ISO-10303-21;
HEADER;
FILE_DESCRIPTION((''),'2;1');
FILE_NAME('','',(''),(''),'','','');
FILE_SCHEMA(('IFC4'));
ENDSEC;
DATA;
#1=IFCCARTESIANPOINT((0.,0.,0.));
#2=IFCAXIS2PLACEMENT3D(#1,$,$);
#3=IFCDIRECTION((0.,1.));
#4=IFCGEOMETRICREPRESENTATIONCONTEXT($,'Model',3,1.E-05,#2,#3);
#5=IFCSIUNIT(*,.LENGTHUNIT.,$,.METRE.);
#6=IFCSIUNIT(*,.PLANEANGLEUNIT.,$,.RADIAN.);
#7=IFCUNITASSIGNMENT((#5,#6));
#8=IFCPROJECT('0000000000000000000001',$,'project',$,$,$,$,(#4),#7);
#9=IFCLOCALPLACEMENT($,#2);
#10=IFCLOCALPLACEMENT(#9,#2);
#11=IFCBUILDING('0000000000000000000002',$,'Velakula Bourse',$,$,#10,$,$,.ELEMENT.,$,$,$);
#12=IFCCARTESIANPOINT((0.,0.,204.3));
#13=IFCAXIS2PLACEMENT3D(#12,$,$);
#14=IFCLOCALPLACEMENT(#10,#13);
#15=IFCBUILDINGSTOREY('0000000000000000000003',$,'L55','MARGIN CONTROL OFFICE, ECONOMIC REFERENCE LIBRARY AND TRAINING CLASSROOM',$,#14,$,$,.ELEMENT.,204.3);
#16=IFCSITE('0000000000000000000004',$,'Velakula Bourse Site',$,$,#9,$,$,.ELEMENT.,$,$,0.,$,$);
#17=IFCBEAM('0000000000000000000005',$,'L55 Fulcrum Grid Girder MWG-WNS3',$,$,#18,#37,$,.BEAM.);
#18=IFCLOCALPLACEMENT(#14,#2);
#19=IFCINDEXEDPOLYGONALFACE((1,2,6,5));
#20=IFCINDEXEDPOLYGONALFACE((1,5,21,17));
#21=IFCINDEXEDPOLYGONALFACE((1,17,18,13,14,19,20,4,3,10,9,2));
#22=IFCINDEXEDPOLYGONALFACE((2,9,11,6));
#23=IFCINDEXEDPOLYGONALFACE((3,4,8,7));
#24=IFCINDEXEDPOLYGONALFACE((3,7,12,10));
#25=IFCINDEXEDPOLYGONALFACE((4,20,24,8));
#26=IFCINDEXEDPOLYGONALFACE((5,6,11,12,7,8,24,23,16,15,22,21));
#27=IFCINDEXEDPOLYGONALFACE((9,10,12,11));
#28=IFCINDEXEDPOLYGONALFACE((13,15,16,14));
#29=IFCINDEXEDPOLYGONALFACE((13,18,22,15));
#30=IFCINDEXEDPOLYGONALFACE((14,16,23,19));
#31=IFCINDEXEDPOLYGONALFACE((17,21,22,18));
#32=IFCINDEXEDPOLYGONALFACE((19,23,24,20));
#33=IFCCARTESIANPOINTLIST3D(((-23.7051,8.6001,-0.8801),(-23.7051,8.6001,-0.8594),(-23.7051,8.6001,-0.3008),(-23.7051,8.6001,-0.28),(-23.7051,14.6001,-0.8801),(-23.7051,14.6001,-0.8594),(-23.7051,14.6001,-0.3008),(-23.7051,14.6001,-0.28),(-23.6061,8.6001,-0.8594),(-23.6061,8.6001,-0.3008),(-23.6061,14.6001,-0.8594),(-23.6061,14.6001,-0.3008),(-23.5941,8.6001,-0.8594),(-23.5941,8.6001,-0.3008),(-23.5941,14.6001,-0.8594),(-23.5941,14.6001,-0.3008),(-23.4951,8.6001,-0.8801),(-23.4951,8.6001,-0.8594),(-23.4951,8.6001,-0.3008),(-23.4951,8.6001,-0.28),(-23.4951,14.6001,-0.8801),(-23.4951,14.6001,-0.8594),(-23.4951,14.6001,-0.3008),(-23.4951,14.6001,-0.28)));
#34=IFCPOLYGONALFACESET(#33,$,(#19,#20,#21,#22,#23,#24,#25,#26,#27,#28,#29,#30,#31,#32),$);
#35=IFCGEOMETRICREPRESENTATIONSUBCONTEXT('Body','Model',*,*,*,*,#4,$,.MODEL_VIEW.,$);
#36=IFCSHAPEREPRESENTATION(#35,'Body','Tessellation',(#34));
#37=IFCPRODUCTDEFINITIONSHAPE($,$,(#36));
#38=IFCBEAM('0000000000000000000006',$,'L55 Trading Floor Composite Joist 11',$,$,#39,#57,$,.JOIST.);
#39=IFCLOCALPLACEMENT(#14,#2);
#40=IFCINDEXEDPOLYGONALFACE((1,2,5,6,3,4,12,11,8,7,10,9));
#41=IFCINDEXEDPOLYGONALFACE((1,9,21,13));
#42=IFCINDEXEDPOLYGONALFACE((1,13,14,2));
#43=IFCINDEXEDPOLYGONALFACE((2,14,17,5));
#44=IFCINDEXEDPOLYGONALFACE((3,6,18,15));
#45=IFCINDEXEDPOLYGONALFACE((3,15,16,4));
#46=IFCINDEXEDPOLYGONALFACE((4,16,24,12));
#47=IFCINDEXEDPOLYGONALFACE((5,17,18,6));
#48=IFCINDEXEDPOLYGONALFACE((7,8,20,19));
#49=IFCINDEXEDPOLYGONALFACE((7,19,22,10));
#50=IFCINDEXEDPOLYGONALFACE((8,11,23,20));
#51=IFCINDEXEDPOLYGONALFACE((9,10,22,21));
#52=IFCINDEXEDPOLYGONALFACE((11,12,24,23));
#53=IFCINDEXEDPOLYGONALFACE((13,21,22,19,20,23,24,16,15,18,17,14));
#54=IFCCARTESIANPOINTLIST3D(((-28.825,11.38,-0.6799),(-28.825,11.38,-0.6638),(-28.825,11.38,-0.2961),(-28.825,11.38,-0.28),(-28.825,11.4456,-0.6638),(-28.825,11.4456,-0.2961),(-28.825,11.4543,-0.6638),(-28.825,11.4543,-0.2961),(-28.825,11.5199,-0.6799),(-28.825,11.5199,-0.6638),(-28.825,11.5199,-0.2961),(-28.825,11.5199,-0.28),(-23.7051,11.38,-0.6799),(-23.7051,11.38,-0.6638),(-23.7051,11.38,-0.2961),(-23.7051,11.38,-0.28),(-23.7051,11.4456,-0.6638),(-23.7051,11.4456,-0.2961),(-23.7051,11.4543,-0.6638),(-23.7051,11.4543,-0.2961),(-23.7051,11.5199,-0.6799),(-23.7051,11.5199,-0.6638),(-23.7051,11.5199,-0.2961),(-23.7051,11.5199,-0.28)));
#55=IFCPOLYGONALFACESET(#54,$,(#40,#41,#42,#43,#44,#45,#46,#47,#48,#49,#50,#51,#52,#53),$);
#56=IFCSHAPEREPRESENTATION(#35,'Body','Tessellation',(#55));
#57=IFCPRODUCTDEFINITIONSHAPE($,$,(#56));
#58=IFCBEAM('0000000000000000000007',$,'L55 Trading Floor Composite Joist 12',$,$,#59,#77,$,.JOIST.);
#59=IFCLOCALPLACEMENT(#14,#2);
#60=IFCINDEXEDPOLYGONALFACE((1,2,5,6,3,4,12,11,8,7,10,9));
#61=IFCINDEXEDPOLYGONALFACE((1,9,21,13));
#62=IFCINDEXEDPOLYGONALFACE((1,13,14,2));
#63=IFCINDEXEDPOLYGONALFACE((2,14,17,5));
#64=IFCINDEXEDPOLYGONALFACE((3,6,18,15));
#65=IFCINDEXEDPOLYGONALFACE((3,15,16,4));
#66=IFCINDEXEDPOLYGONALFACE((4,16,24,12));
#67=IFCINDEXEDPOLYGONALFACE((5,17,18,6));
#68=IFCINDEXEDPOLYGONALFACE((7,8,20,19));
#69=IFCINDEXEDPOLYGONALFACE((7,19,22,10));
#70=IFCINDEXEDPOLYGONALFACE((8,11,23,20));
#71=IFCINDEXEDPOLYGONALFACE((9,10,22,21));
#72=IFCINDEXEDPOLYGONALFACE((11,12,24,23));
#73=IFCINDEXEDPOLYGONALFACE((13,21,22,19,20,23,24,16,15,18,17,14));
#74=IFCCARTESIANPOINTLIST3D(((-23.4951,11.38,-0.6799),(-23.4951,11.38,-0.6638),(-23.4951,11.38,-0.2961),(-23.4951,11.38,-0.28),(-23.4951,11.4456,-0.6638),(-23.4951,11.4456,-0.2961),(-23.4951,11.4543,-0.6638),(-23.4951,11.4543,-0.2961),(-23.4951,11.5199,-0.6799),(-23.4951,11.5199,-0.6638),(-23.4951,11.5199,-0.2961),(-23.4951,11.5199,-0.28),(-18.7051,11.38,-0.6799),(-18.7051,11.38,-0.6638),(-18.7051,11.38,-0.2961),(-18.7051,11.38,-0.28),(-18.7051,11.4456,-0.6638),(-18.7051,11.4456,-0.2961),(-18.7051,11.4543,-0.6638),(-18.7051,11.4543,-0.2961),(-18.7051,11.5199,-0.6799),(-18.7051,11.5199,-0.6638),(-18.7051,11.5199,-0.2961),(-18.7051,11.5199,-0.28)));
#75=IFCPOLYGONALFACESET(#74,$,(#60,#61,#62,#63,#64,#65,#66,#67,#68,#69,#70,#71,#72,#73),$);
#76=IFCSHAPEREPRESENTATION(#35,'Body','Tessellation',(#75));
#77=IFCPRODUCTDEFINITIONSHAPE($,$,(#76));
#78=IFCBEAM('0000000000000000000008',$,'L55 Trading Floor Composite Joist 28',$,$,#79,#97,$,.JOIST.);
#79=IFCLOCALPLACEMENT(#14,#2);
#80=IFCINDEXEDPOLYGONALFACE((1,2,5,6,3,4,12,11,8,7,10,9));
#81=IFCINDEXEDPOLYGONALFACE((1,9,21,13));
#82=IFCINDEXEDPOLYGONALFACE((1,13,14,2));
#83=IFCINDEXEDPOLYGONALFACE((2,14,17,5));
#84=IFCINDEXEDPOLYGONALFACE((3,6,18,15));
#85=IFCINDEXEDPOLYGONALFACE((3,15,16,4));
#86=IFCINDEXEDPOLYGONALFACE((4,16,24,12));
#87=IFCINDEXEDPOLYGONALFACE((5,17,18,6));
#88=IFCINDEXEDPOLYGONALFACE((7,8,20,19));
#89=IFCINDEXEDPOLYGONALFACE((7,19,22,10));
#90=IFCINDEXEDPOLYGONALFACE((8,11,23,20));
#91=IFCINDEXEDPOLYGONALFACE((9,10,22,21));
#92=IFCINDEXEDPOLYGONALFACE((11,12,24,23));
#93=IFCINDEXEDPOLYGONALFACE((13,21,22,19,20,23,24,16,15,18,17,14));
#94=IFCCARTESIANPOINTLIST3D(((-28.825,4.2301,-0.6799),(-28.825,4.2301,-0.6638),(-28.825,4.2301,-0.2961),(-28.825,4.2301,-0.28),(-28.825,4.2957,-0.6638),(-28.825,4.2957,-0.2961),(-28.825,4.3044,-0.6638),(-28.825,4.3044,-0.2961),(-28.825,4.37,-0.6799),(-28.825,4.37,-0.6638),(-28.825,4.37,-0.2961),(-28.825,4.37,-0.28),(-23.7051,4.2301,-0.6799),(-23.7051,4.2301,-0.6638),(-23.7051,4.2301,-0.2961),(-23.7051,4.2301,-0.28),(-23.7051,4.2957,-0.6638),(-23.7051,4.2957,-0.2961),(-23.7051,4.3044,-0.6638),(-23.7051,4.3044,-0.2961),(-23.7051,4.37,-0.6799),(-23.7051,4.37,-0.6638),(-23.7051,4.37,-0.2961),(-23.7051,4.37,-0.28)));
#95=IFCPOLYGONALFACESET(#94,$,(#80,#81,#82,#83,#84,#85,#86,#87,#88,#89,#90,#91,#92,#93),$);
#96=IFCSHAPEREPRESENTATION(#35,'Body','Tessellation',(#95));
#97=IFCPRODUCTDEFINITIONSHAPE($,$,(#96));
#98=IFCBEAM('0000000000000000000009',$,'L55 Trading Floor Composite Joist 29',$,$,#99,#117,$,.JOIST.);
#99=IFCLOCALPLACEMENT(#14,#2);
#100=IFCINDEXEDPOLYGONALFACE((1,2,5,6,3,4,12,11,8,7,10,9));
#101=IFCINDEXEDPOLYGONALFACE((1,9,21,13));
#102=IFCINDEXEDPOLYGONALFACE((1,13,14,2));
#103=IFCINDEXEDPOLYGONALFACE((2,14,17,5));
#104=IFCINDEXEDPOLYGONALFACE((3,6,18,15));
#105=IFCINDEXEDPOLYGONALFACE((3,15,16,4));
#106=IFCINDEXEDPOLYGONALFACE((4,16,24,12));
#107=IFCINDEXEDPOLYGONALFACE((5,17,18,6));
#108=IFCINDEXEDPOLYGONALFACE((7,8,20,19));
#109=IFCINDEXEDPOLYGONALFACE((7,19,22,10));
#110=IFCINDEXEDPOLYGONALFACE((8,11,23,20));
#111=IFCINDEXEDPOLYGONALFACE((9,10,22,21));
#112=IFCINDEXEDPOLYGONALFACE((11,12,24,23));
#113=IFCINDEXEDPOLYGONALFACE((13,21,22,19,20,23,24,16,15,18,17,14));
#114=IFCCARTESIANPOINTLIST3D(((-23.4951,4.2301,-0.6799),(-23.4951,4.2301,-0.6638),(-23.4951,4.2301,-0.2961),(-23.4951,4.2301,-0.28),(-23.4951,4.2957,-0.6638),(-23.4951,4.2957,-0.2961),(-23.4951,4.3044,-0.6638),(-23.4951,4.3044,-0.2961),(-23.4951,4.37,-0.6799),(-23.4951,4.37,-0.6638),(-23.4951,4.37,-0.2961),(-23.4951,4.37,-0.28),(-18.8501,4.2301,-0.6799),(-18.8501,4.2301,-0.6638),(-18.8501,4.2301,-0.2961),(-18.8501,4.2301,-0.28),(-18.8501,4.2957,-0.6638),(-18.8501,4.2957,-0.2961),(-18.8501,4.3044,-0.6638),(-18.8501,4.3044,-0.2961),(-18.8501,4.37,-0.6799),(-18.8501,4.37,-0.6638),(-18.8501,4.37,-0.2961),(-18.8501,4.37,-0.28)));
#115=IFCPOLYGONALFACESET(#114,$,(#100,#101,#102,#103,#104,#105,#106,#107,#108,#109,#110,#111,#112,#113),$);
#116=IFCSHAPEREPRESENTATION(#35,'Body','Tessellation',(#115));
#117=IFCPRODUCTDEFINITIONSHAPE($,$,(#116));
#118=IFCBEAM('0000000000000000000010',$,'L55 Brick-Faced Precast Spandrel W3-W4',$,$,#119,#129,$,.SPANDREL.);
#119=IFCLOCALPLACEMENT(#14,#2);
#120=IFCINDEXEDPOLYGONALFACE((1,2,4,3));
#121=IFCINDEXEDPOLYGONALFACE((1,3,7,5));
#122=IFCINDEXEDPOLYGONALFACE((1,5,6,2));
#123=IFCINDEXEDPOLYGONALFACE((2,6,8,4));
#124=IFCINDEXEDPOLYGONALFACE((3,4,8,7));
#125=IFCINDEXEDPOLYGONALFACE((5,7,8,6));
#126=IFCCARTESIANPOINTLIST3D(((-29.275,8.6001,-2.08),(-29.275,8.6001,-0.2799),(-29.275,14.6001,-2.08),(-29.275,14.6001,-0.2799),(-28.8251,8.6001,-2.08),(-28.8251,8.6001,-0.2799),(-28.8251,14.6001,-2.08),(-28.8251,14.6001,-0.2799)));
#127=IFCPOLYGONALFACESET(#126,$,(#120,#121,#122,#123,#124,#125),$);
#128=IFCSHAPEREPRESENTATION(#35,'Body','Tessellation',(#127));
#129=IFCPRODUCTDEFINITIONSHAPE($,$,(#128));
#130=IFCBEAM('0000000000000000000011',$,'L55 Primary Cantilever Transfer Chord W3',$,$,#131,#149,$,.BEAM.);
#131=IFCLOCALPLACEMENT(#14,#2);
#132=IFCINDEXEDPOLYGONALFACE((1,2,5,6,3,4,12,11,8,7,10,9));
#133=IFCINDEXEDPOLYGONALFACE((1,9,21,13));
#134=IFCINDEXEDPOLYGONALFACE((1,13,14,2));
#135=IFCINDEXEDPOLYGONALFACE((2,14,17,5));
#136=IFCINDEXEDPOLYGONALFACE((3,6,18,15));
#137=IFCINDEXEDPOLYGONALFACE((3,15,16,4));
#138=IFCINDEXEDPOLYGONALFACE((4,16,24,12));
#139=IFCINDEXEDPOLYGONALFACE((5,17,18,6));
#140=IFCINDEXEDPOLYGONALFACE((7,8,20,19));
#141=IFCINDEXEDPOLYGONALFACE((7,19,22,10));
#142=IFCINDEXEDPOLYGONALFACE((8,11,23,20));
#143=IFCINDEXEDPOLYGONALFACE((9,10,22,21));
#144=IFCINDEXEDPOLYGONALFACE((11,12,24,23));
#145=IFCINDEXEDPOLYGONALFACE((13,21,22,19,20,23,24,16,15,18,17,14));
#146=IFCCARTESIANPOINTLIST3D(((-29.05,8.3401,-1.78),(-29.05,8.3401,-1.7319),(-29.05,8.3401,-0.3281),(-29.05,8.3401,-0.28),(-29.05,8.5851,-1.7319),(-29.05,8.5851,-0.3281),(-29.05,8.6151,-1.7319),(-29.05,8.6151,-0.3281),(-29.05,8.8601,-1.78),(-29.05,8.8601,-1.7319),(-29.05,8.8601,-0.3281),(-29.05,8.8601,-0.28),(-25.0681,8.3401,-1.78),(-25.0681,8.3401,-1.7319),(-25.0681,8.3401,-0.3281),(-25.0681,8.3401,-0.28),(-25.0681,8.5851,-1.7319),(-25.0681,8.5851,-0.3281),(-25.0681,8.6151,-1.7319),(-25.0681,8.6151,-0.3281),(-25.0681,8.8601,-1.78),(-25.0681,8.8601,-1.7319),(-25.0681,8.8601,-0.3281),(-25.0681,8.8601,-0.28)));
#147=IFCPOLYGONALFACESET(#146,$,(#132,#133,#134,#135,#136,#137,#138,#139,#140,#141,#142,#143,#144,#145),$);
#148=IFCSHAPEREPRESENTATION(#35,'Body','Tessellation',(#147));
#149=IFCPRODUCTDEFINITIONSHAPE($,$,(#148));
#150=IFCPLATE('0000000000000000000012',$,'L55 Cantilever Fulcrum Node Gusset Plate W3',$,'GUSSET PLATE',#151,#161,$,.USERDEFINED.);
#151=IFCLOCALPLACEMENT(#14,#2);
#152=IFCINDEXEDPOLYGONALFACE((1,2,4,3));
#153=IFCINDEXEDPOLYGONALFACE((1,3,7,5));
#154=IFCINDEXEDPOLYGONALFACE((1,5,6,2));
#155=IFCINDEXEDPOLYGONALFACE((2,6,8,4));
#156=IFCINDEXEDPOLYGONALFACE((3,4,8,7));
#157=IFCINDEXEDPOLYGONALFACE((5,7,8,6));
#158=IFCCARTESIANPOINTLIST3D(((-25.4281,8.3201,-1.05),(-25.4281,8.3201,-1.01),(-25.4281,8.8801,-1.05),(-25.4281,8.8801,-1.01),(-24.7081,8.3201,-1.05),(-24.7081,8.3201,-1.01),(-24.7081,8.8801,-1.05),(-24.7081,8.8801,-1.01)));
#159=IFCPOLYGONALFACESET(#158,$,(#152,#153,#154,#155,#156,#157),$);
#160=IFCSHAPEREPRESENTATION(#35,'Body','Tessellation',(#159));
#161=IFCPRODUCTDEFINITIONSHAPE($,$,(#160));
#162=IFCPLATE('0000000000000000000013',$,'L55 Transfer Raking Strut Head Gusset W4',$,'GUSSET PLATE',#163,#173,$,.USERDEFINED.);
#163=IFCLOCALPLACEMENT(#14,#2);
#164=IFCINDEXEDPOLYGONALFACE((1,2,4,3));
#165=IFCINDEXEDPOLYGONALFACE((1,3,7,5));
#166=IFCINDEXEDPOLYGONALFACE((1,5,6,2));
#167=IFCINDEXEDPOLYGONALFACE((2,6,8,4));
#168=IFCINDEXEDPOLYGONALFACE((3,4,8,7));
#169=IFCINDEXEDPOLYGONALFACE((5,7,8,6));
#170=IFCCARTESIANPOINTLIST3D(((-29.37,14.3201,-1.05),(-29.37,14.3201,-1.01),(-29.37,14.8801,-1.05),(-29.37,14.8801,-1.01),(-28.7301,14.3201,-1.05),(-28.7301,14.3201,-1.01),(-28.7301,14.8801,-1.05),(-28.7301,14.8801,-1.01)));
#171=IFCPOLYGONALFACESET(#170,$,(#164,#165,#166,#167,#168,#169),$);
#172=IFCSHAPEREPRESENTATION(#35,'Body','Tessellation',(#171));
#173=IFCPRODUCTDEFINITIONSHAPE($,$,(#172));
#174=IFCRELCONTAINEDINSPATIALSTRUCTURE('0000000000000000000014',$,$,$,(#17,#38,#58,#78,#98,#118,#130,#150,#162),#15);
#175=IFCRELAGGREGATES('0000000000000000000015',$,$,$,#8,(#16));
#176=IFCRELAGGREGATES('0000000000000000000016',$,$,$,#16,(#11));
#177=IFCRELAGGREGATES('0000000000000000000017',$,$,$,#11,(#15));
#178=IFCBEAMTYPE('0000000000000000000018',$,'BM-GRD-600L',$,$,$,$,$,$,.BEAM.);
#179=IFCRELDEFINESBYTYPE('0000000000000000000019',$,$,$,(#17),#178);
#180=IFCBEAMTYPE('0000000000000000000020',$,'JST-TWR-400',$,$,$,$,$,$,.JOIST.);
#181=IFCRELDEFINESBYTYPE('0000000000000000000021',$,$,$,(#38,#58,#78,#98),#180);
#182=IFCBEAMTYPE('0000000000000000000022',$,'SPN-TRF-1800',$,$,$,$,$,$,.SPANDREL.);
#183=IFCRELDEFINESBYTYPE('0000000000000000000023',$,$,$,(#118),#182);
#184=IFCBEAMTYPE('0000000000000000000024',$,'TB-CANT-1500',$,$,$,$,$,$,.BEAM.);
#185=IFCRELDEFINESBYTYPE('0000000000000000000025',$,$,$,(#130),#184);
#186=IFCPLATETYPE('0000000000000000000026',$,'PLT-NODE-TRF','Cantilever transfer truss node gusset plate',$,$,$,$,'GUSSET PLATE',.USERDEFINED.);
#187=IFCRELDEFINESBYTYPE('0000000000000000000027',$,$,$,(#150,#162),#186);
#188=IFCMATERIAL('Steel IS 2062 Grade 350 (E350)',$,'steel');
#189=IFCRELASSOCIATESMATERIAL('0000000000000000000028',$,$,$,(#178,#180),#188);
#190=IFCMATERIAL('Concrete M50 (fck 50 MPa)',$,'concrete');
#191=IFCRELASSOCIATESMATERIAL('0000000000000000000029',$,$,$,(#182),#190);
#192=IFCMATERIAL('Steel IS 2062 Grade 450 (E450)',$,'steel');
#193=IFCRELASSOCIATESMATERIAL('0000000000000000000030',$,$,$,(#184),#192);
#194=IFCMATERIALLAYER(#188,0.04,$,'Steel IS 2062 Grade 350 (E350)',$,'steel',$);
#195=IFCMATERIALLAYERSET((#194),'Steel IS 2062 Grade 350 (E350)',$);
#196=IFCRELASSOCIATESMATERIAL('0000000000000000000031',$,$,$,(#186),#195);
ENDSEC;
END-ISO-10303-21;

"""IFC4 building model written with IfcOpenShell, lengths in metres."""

from ifc_helpers import new_model, si_unit, direction, frame, origin, origin_2d, place, context, subcontext, project, spatial, rectangle, i_section, extrude, material, layer, layer_set, material_profile, profile_set, type_object, element, save


model = new_model("IFC4")

# Units and contexts
model_context = context("Model", 3, precision=1e-05, world=origin(), true_north=direction((0.0, 1.0)))
body_context = subcontext(model_context, "Body", "Model", "MODEL_VIEW")
ifc_project = project(units=[si_unit("LENGTHUNIT", "METRE"), si_unit("PLANEANGLEUNIT", "RADIAN")], contexts=[model_context])

# Site, building, storey
site_placement = place(None, origin())
site = spatial("IfcSite", under=ifc_project, at=site_placement, Name="Velakula Bourse Site", CompositionType="ELEMENT", RefElevation=0.0)
building_placement = place(site_placement, origin())
building = spatial("IfcBuilding", under=site, at=building_placement, Name="Velakula Bourse", CompositionType="ELEMENT")
storey_placement = place(building_placement, frame((0.0, 0.0, 204.3)))
storey = spatial("IfcBuildingStorey", under=building, at=storey_placement, Name="L55", Description="MARGIN CONTROL OFFICE, ECONOMIC REFERENCE LIBRARY AND TRAINING CLASSROOM", CompositionType="ELEMENT", Elevation=204.3)

# Shared definitions
ifc_material_1 = material(Name="Concrete M50 (fck 50 MPa)", Category="concrete")
ifc_material_2 = material(Name="Steel IS 2062 Grade 350 (E350)", Category="steel")

# Beams
ifc_material_profile_1 = material_profile(ifc_material_2, i_section(OverallWidth=0.21, OverallDepth=0.6001, WebThickness=0.012, FlangeThickness=0.0208, at=origin_2d()), Name="Steel IS 2062 Grade 350 (E350)")
ifc_profile_set_1 = profile_set([ifc_material_profile_1], Name="Steel IS 2062 Grade 350 (E350)")
beam_type_1 = type_object("IfcBeamType", Name="BM-GRD-600L", PredefinedType="BEAM", material=ifc_profile_set_1)
beam_1_placement = place(storey_placement, frame((-23.6001, 8.6001, -0.5801), z_axis=(0.0, 1.0, 0.0), x_axis=(-1.0, 0.0, 0.0)))
element("IfcBeam", 1, at=beam_1_placement, inside=storey, type_object=beam_type_1, Name="L55 Fulcrum Grid Girder MWG-WNS3", PredefinedType="BEAM", context=body_context, shape_type="SweptSolid", body=[
    extrude(i_section(OverallWidth=0.21, OverallDepth=0.6001, WebThickness=0.012, FlangeThickness=0.0208, at=origin_2d()), origin(), (0.0, 0.0, 1.0), 6.0),
])
ifc_material_profile_2 = material_profile(ifc_material_2, i_section(OverallWidth=0.1399, OverallDepth=0.3999, WebThickness=0.0088, FlangeThickness=0.0161, at=origin_2d()), Name="Steel IS 2062 Grade 350 (E350)")
ifc_profile_set_2 = profile_set([ifc_material_profile_2], Name="Steel IS 2062 Grade 350 (E350)")
beam_type_2 = type_object("IfcBeamType", Name="JST-TWR-400", PredefinedType="JOIST", material=ifc_profile_set_2)
beam_2_placement = place(storey_placement, frame((-28.825, 11.45, -0.48), z_axis=(1.0, 0.0, 0.0), x_axis=(0.0, 1.0, 0.0)))
element("IfcBeam", 2, at=beam_2_placement, inside=storey, type_object=beam_type_2, Name="L55 Trading Floor Composite Joist 11", PredefinedType="JOIST", context=body_context, shape_type="SweptSolid", body=[
    extrude(i_section(OverallWidth=0.1399, OverallDepth=0.3999, WebThickness=0.0088, FlangeThickness=0.0161, at=origin_2d()), origin(), (0.0, 0.0, 1.0), 5.1199),
])
beam_3_placement = place(storey_placement, frame((-23.4951, 11.45, -0.48), z_axis=(1.0, 0.0, 0.0), x_axis=(0.0, 1.0, 0.0)))
element("IfcBeam", 3, at=beam_3_placement, inside=storey, type_object=beam_type_2, Name="L55 Trading Floor Composite Joist 12", PredefinedType="JOIST", context=body_context, shape_type="SweptSolid", body=[
    extrude(i_section(OverallWidth=0.1399, OverallDepth=0.3999, WebThickness=0.0088, FlangeThickness=0.0161, at=origin_2d()), origin(), (0.0, 0.0, 1.0), 4.79),
])
beam_4_placement = place(storey_placement, frame((-28.825, 4.3, -0.48), z_axis=(1.0, 0.0, 0.0), x_axis=(0.0, 1.0, 0.0)))
element("IfcBeam", 4, at=beam_4_placement, inside=storey, type_object=beam_type_2, Name="L55 Trading Floor Composite Joist 28", PredefinedType="JOIST", context=body_context, shape_type="SweptSolid", body=[
    extrude(i_section(OverallWidth=0.1399, OverallDepth=0.3999, WebThickness=0.0088, FlangeThickness=0.0161, at=origin_2d()), origin(), (0.0, 0.0, 1.0), 5.1199),
])
beam_5_placement = place(storey_placement, frame((-23.4951, 4.3, -0.48), z_axis=(1.0, 0.0, 0.0), x_axis=(0.0, 1.0, 0.0)))
element("IfcBeam", 5, at=beam_5_placement, inside=storey, type_object=beam_type_2, Name="L55 Trading Floor Composite Joist 29", PredefinedType="JOIST", context=body_context, shape_type="SweptSolid", body=[
    extrude(i_section(OverallWidth=0.1399, OverallDepth=0.3999, WebThickness=0.0088, FlangeThickness=0.0161, at=origin_2d()), origin(), (0.0, 0.0, 1.0), 4.645),
])
ifc_material_profile_3 = material_profile(ifc_material_1, rectangle(XDim=0.45, YDim=1.8, at=origin_2d()), Name="Concrete M50 (fck 50 MPa)")
ifc_profile_set_3 = profile_set([ifc_material_profile_3], Name="Concrete M50 (fck 50 MPa)")
beam_type_3 = type_object("IfcBeamType", Name="SPN-TRF-1800", PredefinedType="SPANDREL", material=ifc_profile_set_3)
beam_6_placement = place(storey_placement, frame((-29.05, 8.6001, -1.1799), z_axis=(0.0, 1.0, 0.0), x_axis=(-1.0, 0.0, 0.0)))
element("IfcBeam", 6, at=beam_6_placement, inside=storey, type_object=beam_type_3, Name="L55 Brick-Faced Precast Spandrel W3-W4", PredefinedType="SPANDREL", context=body_context, shape_type="SweptSolid", body=[
    extrude(rectangle(XDim=0.45, YDim=1.8, at=origin_2d()), origin(), (0.0, 0.0, 1.0), 6.0),
])
ifc_material_3 = material(Name="Steel IS 2062 Grade 450 (E450)", Category="steel")
ifc_material_profile_4 = material_profile(ifc_material_3, i_section(OverallWidth=0.52, OverallDepth=1.5, WebThickness=0.03, FlangeThickness=0.0481, at=origin_2d()), Name="Steel IS 2062 Grade 450 (E450)")
ifc_profile_set_4 = profile_set([ifc_material_profile_4], Name="Steel IS 2062 Grade 450 (E450)")
beam_type_4 = type_object("IfcBeamType", Name="TB-CANT-1500", PredefinedType="BEAM", material=ifc_profile_set_4)
beam_7_placement = place(storey_placement, frame((-25.0681, 8.6001, -1.03), z_axis=(-1.0, 0.0, 0.0), x_axis=(0.0, -1.0, 0.0)))
element("IfcBeam", 7, at=beam_7_placement, inside=storey, type_object=beam_type_4, Name="L55 Primary Cantilever Transfer Chord W3", PredefinedType="BEAM", context=body_context, shape_type="SweptSolid", body=[
    extrude(i_section(OverallWidth=0.52, OverallDepth=1.5, WebThickness=0.03, FlangeThickness=0.0481, at=origin_2d()), origin(), (0.0, 0.0, 1.0), 3.9819),
])

# Plates
ifc_layer_1 = layer(ifc_material_2, 0.04, Name="Steel IS 2062 Grade 350 (E350)", Category="steel")
ifc_layer_set_1 = layer_set([ifc_layer_1], Name="Steel IS 2062 Grade 350 (E350)")
plate_type = type_object("IfcPlateType", Name="PLT-NODE-TRF", Description="Cantilever transfer truss node gusset plate", ElementType="GUSSET PLATE", PredefinedType="USERDEFINED", material=ifc_layer_set_1)
plate_1_placement = place(storey_placement, frame((-25.0681, 8.6001, -1.05), z_axis=(0.0, 0.0, 1.0), x_axis=(1.0, 0.0, 0.0)))
element("IfcPlate", 8, at=plate_1_placement, inside=storey, type_object=plate_type, Name="L55 Cantilever Fulcrum Node Gusset Plate W3", ObjectType="GUSSET PLATE", PredefinedType="USERDEFINED", context=body_context, shape_type="SweptSolid", body=[
    extrude(rectangle(XDim=0.72, YDim=0.5601, at=origin_2d()), origin(), (0.0, 0.0, 1.0), 0.04),
])
plate_2_placement = place(storey_placement, frame((-29.05, 14.6001, -1.05), z_axis=(0.0, 0.0, 1.0), x_axis=(-1.0, 0.0, 0.0)))
element("IfcPlate", 9, at=plate_2_placement, inside=storey, type_object=plate_type, Name="L55 Transfer Raking Strut Head Gusset W4", ObjectType="GUSSET PLATE", PredefinedType="USERDEFINED", context=body_context, shape_type="SweptSolid", body=[
    extrude(rectangle(XDim=0.6399, YDim=0.5601, at=origin_2d()), origin(), (0.0, 0.0, 1.0), 0.04),
])

save(model, "model.ifc")
